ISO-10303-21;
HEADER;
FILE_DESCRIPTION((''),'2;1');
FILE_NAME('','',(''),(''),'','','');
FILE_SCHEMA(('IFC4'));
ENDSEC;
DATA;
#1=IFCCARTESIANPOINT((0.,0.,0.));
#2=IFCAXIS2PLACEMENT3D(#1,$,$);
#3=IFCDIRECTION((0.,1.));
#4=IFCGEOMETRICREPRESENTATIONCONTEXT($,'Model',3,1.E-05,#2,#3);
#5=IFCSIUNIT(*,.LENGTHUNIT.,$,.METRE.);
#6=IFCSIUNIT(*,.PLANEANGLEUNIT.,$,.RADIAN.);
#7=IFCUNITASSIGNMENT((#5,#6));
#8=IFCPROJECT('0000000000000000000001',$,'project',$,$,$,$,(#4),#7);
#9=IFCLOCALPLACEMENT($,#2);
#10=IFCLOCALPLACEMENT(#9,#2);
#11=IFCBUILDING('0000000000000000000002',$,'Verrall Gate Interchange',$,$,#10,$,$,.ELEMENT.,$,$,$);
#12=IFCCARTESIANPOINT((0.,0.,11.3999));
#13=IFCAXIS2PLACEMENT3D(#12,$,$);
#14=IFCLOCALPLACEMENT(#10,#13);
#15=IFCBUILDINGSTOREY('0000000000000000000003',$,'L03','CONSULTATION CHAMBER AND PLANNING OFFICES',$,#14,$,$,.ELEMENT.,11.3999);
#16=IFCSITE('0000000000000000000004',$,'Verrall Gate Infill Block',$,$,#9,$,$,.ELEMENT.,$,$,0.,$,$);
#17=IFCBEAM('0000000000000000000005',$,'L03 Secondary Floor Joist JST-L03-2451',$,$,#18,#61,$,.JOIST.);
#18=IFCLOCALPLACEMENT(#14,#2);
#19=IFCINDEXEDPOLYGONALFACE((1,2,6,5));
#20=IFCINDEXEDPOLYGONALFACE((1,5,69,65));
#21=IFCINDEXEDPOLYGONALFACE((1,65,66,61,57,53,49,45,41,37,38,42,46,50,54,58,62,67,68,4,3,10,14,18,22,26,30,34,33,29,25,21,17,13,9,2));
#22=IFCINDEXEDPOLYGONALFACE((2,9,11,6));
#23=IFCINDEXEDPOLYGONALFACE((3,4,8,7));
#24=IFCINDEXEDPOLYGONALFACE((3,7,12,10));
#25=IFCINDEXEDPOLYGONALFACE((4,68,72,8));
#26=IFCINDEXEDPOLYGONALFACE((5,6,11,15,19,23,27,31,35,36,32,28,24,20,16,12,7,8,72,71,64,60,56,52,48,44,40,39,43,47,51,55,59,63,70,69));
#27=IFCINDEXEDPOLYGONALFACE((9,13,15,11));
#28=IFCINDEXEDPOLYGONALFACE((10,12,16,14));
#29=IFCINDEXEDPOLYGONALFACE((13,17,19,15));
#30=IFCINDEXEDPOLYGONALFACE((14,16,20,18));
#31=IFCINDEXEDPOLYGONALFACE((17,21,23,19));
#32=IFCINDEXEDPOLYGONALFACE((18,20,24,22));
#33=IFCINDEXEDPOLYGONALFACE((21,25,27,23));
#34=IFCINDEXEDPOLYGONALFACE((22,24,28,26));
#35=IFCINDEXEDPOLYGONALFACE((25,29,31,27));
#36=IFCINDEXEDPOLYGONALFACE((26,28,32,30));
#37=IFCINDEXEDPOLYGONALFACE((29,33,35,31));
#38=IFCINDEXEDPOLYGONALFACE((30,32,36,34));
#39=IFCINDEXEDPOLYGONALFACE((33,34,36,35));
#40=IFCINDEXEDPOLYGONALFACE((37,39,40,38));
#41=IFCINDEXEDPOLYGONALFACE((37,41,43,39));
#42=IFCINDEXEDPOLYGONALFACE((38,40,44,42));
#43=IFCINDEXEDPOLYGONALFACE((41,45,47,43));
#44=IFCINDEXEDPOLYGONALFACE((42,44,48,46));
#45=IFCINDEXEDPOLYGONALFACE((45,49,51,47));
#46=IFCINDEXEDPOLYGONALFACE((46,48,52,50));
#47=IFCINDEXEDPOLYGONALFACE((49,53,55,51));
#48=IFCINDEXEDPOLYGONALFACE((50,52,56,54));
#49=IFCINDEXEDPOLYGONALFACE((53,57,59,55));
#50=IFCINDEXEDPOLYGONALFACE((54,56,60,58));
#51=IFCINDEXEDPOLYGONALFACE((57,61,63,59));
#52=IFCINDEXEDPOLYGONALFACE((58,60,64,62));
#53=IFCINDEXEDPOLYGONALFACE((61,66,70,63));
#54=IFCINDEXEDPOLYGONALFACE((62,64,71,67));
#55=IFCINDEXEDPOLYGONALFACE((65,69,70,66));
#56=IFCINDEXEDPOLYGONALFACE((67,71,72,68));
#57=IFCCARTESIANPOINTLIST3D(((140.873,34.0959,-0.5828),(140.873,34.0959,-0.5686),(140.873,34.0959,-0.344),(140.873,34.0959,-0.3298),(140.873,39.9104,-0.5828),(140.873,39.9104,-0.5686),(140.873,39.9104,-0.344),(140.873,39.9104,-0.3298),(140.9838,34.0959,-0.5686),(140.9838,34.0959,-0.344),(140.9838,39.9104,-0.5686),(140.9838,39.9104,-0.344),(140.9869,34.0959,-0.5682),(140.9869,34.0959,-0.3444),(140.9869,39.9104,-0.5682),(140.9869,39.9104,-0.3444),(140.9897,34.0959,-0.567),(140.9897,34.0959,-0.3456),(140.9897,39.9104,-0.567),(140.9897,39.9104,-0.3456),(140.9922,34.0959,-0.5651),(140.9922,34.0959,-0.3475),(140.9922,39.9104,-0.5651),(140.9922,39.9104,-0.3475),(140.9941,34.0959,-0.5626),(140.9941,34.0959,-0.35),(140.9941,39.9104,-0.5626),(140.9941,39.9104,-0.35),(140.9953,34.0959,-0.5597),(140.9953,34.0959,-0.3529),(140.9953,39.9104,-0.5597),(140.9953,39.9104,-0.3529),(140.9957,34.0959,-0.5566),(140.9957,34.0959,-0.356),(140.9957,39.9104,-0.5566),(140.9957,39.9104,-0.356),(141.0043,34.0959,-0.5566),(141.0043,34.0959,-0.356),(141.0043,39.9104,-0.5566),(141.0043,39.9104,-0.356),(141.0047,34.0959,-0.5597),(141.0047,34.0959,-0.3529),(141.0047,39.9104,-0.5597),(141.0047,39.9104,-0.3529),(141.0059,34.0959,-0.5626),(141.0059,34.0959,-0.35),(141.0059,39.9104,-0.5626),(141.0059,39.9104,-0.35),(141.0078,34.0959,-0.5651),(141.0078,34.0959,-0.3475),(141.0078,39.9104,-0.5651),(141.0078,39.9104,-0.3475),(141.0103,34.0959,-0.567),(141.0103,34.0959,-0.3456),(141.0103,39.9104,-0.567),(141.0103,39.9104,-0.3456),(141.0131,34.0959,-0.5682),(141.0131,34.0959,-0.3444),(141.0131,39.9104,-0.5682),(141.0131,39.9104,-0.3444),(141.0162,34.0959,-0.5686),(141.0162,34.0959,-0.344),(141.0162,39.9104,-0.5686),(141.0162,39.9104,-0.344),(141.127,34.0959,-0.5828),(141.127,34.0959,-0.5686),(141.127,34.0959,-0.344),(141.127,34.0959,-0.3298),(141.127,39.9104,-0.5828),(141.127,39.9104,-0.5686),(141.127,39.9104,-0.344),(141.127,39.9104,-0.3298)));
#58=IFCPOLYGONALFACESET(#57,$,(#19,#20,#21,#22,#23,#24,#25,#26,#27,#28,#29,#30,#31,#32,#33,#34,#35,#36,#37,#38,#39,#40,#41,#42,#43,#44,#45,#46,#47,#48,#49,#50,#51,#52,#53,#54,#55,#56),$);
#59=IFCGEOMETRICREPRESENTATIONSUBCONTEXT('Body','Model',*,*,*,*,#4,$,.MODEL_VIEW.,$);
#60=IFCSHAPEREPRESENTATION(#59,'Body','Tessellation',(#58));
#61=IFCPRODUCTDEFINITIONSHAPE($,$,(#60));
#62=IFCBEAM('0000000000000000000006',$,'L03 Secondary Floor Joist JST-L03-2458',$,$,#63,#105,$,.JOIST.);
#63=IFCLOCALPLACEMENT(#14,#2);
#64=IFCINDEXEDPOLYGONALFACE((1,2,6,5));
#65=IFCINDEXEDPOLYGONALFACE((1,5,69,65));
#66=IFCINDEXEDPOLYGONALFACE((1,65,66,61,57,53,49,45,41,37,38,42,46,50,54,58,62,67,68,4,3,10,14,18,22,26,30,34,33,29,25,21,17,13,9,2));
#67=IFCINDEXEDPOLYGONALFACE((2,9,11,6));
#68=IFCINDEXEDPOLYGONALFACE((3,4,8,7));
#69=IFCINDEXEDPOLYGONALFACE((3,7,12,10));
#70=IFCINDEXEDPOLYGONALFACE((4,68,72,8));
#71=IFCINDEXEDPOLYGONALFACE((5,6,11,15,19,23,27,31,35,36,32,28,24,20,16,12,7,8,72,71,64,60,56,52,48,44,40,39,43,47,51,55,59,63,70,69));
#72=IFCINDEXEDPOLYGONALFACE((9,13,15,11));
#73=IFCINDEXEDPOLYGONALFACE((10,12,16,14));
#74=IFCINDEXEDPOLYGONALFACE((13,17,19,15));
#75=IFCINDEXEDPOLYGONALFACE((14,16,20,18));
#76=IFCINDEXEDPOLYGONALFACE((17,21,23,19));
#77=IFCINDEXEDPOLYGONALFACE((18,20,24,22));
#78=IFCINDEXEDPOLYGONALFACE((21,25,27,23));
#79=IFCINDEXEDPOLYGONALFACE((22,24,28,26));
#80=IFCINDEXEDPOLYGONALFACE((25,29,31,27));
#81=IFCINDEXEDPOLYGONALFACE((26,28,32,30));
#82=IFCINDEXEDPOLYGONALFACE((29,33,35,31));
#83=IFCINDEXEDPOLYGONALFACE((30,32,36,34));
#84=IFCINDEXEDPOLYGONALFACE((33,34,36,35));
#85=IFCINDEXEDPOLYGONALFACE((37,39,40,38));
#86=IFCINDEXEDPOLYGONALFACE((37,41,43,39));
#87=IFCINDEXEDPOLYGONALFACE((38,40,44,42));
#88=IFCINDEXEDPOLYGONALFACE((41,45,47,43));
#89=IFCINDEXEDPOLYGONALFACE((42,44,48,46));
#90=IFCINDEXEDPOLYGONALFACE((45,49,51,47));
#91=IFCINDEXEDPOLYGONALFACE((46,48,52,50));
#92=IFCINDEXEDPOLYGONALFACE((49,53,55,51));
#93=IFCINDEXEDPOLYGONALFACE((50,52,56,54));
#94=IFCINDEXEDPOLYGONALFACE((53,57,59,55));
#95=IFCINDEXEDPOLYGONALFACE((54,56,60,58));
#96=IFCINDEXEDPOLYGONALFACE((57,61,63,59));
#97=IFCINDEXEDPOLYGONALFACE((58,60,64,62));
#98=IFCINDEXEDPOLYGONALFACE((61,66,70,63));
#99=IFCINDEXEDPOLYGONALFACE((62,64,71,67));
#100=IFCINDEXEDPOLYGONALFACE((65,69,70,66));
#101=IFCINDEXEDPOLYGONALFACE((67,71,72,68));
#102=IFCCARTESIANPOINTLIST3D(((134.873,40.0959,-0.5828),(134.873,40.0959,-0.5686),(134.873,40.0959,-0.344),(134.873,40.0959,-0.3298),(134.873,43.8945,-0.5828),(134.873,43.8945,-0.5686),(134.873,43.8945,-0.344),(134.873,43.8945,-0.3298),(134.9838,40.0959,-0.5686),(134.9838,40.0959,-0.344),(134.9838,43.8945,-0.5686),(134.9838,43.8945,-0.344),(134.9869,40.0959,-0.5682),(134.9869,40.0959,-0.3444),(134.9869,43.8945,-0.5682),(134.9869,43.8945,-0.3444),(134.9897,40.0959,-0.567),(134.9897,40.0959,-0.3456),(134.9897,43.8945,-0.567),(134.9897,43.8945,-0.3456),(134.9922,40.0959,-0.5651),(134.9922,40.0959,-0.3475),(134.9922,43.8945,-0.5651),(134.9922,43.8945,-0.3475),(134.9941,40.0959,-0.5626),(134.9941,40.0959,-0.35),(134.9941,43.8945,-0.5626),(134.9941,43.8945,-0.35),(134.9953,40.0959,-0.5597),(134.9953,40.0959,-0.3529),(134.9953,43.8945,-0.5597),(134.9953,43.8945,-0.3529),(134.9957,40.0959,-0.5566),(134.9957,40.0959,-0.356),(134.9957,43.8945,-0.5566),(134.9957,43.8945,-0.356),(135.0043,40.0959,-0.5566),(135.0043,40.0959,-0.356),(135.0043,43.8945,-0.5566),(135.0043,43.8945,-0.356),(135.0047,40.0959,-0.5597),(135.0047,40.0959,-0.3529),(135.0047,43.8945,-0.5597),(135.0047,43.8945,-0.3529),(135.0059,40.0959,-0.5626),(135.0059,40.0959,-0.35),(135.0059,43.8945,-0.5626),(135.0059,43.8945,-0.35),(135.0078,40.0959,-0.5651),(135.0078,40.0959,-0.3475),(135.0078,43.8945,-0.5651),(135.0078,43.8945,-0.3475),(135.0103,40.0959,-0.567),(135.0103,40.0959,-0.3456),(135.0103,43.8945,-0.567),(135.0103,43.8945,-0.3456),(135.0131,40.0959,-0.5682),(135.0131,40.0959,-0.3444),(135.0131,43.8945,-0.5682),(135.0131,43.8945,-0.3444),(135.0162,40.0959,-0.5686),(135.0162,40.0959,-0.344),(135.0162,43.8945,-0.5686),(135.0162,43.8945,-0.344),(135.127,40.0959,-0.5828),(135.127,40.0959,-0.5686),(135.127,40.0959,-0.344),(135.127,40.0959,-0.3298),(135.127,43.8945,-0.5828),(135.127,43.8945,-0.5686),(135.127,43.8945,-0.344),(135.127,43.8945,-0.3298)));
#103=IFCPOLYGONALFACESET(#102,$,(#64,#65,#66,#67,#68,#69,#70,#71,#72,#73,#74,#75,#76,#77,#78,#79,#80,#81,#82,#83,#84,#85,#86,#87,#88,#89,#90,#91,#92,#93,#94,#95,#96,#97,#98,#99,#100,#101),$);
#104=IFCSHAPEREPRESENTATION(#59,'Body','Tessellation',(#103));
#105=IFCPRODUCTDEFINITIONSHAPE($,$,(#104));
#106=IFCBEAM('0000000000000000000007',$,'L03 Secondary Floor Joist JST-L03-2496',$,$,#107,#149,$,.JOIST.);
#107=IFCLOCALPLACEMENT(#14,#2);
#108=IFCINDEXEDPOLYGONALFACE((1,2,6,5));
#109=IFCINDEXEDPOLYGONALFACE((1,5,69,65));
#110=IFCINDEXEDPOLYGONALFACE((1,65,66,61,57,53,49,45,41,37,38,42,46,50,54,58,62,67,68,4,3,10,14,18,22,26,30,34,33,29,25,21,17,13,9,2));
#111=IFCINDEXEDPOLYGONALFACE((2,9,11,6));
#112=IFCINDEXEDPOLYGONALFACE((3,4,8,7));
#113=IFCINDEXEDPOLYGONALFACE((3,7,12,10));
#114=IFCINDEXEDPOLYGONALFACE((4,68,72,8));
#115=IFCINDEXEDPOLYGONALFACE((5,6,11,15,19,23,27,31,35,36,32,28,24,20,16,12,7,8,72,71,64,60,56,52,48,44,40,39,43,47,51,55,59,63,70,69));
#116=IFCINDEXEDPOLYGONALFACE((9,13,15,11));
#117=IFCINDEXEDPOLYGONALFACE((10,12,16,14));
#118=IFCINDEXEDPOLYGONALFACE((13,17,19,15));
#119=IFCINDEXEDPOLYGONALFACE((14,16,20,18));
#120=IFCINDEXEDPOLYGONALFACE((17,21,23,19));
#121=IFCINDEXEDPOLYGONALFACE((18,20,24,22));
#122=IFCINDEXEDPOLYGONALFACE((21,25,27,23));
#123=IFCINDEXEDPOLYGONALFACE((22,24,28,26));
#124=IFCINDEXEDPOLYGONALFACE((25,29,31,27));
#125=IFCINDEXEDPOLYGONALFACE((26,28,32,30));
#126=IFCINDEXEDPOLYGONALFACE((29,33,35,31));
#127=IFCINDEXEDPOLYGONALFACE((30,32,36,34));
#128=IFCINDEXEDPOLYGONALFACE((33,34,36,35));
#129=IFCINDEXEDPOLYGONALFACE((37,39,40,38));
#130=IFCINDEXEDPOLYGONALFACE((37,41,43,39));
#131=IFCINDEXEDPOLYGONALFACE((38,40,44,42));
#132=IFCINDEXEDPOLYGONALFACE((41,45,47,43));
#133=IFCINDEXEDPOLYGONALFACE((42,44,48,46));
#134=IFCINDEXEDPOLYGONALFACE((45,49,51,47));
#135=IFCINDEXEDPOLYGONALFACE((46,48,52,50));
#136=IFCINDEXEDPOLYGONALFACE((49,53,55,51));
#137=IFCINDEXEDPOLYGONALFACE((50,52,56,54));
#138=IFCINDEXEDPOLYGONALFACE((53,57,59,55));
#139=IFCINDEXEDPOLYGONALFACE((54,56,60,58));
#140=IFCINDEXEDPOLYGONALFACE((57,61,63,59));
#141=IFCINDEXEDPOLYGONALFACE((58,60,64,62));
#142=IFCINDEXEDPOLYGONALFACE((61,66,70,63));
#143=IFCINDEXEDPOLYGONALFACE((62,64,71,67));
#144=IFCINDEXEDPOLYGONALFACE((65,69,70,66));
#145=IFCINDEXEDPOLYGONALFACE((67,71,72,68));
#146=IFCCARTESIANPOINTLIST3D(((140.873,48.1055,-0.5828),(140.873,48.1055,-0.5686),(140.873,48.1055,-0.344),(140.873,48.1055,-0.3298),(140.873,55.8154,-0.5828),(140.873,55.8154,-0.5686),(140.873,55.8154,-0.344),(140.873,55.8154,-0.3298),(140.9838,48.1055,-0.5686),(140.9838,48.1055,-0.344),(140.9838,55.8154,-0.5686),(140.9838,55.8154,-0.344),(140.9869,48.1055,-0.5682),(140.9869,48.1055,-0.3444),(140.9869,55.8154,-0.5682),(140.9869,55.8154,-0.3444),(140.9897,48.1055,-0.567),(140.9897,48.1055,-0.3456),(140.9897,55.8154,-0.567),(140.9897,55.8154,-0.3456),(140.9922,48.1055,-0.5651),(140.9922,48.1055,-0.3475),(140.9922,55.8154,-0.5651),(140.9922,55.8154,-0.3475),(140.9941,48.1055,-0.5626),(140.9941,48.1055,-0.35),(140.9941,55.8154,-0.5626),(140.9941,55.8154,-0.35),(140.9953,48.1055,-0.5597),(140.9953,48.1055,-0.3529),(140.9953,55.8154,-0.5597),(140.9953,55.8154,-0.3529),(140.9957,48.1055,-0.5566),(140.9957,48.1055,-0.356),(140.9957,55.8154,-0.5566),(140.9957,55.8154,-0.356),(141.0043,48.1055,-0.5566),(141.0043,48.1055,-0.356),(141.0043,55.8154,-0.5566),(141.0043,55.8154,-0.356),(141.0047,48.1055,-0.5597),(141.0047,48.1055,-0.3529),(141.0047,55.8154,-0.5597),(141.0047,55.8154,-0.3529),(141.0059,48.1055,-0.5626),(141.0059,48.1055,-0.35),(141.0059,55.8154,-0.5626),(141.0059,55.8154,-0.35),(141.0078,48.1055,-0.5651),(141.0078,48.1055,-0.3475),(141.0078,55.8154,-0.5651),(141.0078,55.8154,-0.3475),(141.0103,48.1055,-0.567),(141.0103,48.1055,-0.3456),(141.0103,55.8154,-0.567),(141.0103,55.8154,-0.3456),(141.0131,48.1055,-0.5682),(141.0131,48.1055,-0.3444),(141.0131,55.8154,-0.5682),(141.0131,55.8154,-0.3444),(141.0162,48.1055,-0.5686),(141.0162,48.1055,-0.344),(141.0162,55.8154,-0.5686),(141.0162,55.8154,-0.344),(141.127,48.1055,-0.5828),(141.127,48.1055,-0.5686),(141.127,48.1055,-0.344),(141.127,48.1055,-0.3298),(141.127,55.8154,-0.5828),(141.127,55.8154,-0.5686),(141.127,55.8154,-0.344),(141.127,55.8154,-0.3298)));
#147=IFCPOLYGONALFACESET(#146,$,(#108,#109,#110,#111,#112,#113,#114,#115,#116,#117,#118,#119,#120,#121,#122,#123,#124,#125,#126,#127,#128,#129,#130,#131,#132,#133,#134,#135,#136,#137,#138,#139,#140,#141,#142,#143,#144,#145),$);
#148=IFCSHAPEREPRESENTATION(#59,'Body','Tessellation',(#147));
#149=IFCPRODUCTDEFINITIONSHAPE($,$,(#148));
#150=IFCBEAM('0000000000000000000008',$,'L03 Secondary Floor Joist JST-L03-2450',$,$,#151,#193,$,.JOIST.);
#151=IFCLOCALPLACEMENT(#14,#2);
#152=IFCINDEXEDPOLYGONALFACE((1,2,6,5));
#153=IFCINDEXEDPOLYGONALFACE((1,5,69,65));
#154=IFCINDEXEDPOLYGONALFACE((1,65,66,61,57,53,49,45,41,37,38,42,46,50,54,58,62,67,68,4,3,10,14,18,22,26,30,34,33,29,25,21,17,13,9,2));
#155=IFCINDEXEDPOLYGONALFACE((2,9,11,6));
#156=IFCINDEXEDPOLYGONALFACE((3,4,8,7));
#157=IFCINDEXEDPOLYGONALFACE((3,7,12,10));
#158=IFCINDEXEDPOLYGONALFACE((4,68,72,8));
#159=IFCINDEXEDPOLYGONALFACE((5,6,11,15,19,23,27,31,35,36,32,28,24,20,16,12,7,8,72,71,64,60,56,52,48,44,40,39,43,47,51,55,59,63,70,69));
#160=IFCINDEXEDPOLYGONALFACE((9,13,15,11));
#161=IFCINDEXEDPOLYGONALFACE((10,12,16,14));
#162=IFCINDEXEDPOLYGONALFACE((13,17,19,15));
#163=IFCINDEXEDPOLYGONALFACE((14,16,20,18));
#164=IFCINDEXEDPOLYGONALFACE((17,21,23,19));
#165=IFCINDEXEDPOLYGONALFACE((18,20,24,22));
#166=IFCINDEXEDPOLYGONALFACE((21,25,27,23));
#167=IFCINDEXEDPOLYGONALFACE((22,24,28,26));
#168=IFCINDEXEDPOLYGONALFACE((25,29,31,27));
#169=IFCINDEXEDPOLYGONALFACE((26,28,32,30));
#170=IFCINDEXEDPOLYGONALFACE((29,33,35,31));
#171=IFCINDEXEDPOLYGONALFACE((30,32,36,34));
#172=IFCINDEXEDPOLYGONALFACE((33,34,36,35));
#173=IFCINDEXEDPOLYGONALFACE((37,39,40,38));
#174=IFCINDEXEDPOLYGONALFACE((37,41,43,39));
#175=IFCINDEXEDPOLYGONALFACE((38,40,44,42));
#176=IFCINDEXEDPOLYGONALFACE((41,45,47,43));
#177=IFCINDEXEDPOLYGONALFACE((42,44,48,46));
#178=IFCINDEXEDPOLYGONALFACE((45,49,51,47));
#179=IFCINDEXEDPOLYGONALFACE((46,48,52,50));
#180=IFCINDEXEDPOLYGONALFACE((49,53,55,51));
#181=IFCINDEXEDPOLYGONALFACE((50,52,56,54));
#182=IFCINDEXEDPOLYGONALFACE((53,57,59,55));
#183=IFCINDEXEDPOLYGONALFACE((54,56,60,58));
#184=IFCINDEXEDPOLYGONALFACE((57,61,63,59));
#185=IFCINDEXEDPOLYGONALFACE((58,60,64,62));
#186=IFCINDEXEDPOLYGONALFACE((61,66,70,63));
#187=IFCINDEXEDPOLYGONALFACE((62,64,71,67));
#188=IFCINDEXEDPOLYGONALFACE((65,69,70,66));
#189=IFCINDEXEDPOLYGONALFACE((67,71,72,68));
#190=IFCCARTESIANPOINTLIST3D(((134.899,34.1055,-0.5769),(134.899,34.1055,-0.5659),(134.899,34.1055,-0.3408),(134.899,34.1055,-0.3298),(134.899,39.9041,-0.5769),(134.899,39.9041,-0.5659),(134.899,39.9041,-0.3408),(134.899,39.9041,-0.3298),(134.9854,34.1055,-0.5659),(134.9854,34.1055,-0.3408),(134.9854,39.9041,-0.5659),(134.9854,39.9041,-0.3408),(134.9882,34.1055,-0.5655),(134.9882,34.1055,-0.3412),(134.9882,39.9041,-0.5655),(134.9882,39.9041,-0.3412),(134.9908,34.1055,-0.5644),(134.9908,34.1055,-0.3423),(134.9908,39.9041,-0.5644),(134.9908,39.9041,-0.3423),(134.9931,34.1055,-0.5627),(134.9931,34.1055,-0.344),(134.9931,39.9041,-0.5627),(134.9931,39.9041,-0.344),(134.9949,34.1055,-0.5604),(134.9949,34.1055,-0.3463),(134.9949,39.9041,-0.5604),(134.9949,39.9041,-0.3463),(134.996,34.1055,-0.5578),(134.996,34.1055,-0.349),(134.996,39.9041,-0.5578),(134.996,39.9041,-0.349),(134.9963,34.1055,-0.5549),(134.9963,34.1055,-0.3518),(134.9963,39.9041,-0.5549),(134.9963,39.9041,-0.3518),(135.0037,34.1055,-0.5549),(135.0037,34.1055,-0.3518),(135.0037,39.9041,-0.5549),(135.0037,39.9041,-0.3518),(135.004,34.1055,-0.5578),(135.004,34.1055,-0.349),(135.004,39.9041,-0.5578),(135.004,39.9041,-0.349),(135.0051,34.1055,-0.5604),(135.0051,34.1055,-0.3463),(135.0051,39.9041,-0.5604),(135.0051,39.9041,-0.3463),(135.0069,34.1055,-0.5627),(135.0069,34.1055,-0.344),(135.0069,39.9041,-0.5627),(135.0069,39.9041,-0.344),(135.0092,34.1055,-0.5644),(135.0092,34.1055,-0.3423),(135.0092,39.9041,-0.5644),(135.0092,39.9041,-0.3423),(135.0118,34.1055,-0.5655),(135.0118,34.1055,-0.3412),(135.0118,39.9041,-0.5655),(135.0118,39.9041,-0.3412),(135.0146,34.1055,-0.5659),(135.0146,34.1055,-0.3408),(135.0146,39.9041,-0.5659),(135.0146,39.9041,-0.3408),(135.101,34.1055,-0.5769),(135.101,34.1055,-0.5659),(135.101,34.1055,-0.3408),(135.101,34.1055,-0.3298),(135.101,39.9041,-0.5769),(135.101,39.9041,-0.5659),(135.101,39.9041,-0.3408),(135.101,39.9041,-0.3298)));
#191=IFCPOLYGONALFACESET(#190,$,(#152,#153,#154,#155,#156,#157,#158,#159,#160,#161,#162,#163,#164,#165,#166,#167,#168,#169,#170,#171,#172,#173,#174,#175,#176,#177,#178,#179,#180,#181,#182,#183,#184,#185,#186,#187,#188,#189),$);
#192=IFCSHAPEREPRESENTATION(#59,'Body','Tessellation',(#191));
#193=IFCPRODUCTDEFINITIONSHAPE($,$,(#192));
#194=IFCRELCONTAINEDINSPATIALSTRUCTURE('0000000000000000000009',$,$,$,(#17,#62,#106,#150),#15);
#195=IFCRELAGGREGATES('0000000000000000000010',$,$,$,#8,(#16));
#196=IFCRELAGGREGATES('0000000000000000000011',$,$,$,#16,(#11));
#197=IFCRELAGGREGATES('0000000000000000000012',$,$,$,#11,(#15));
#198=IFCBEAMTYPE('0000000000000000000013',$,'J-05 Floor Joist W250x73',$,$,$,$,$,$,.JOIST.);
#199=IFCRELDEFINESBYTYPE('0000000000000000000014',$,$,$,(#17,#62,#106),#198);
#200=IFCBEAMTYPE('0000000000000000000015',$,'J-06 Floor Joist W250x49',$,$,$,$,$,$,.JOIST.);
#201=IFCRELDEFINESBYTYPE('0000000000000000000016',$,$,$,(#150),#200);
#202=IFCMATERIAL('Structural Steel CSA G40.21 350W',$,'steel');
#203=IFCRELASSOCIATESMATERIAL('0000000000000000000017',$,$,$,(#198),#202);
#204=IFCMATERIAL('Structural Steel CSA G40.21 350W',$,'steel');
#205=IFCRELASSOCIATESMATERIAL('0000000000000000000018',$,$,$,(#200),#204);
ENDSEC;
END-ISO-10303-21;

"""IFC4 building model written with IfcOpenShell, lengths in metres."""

from ifc_helpers import new_model, si_unit, direction, frame, origin, origin_2d, place, context, subcontext, project, spatial, i_section, extrude, material, material_profile, profile_set, type_object, element, save


model = new_model("IFC4")

# Units and contexts
model_context = context("Model", 3, precision=1e-05, world=origin(), true_north=direction((0.0, 1.0)))
body_context = subcontext(model_context, "Body", "Model", "MODEL_VIEW")
ifc_project = project(units=[si_unit("LENGTHUNIT", "METRE"), si_unit("PLANEANGLEUNIT", "RADIAN")], contexts=[model_context])

# Site, building, storey
site_placement = place(None, origin())
site = spatial("IfcSite", under=ifc_project, at=site_placement, Name="Verrall Gate Infill Block", CompositionType="ELEMENT", RefElevation=0.0)
building_placement = place(site_placement, origin())
building = spatial("IfcBuilding", under=site, at=building_placement, Name="Verrall Gate Interchange", CompositionType="ELEMENT")
storey_placement = place(building_placement, frame((0.0, 0.0, 11.3999)))
storey = spatial("IfcBuildingStorey", under=building, at=storey_placement, Name="L03", Description="CONSULTATION CHAMBER AND PLANNING OFFICES", CompositionType="ELEMENT", Elevation=11.3999)

# Beams
ifc_material_1 = material(Name="Structural Steel CSA G40.21 350W", Category="steel")
ifc_material_profile_1 = material_profile(ifc_material_1, i_section(OverallWidth=0.2539, OverallDepth=0.2529, WebThickness=0.0085, FlangeThickness=0.0142, FilletRadius=0.012, at=origin_2d()), Name="W250x73")
ifc_profile_set_1 = profile_set([ifc_material_profile_1], Name="Structural Steel CSA G40.21 350W")
beam_type_1 = type_object("IfcBeamType", Name="J-05 Floor Joist W250x73", PredefinedType="JOIST", material=ifc_profile_set_1)
beam_1_placement = place(storey_placement, frame((141.0, 34.0959, -0.4563), z_axis=(0.0, 1.0, 0.0), x_axis=(-1.0, 0.0, 0.0)))
element("IfcBeam", 1, at=beam_1_placement, inside=storey, type_object=beam_type_1, Name="L03 Secondary Floor Joist JST-L03-2451", PredefinedType="JOIST", context=body_context, shape_type="SweptSolid", body=[
    extrude(i_section(OverallWidth=0.2539, OverallDepth=0.2529, WebThickness=0.0085, FlangeThickness=0.0142, FilletRadius=0.012, at=origin_2d()), origin(), (0.0, 0.0, 1.0), 5.8145),
])
beam_2_placement = place(storey_placement, frame((135.0, 40.0959, -0.4563), z_axis=(0.0, 1.0, 0.0), x_axis=(-1.0, 0.0, 0.0)))
element("IfcBeam", 2, at=beam_2_placement, inside=storey, type_object=beam_type_1, Name="L03 Secondary Floor Joist JST-L03-2458", PredefinedType="JOIST", context=body_context, shape_type="SweptSolid", body=[
    extrude(i_section(OverallWidth=0.2539, OverallDepth=0.2529, WebThickness=0.0085, FlangeThickness=0.0142, FilletRadius=0.012, at=origin_2d()), origin(), (0.0, 0.0, 1.0), 3.7986),
])
beam_3_placement = place(storey_placement, frame((141.0, 48.1055, -0.4563), z_axis=(0.0, 1.0, 0.0), x_axis=(-1.0, 0.0, 0.0)))
element("IfcBeam", 3, at=beam_3_placement, inside=storey, type_object=beam_type_1, Name="L03 Secondary Floor Joist JST-L03-2496", PredefinedType="JOIST", context=body_context, shape_type="SweptSolid", body=[
    extrude(i_section(OverallWidth=0.2539, OverallDepth=0.2529, WebThickness=0.0085, FlangeThickness=0.0142, FilletRadius=0.012, at=origin_2d()), origin(), (0.0, 0.0, 1.0), 7.71),
])
ifc_material_2 = material(Name="Structural Steel CSA G40.21 350W", Category="steel")
ifc_material_profile_2 = material_profile(ifc_material_2, i_section(OverallWidth=0.2019, OverallDepth=0.2471, WebThickness=0.0073, FlangeThickness=0.011, FilletRadius=0.011, at=origin_2d()), Name="W250x49")
ifc_profile_set_2 = profile_set([ifc_material_profile_2], Name="Structural Steel CSA G40.21 350W")
beam_type_2 = type_object("IfcBeamType", Name="J-06 Floor Joist W250x49", PredefinedType="JOIST", material=ifc_profile_set_2)
beam_4_placement = place(storey_placement, frame((135.0, 34.1055, -0.4534), z_axis=(0.0, 1.0, 0.0), x_axis=(-1.0, 0.0, 0.0)))
element("IfcBeam", 4, at=beam_4_placement, inside=storey, type_object=beam_type_2, Name="L03 Secondary Floor Joist JST-L03-2450", PredefinedType="JOIST", context=body_context, shape_type="SweptSolid", body=[
    extrude(i_section(OverallWidth=0.2019, OverallDepth=0.2471, WebThickness=0.0073, FlangeThickness=0.011, FilletRadius=0.011, at=origin_2d()), origin(), (0.0, 0.0, 1.0), 5.7986),
])

save(model, "model.ifc")
